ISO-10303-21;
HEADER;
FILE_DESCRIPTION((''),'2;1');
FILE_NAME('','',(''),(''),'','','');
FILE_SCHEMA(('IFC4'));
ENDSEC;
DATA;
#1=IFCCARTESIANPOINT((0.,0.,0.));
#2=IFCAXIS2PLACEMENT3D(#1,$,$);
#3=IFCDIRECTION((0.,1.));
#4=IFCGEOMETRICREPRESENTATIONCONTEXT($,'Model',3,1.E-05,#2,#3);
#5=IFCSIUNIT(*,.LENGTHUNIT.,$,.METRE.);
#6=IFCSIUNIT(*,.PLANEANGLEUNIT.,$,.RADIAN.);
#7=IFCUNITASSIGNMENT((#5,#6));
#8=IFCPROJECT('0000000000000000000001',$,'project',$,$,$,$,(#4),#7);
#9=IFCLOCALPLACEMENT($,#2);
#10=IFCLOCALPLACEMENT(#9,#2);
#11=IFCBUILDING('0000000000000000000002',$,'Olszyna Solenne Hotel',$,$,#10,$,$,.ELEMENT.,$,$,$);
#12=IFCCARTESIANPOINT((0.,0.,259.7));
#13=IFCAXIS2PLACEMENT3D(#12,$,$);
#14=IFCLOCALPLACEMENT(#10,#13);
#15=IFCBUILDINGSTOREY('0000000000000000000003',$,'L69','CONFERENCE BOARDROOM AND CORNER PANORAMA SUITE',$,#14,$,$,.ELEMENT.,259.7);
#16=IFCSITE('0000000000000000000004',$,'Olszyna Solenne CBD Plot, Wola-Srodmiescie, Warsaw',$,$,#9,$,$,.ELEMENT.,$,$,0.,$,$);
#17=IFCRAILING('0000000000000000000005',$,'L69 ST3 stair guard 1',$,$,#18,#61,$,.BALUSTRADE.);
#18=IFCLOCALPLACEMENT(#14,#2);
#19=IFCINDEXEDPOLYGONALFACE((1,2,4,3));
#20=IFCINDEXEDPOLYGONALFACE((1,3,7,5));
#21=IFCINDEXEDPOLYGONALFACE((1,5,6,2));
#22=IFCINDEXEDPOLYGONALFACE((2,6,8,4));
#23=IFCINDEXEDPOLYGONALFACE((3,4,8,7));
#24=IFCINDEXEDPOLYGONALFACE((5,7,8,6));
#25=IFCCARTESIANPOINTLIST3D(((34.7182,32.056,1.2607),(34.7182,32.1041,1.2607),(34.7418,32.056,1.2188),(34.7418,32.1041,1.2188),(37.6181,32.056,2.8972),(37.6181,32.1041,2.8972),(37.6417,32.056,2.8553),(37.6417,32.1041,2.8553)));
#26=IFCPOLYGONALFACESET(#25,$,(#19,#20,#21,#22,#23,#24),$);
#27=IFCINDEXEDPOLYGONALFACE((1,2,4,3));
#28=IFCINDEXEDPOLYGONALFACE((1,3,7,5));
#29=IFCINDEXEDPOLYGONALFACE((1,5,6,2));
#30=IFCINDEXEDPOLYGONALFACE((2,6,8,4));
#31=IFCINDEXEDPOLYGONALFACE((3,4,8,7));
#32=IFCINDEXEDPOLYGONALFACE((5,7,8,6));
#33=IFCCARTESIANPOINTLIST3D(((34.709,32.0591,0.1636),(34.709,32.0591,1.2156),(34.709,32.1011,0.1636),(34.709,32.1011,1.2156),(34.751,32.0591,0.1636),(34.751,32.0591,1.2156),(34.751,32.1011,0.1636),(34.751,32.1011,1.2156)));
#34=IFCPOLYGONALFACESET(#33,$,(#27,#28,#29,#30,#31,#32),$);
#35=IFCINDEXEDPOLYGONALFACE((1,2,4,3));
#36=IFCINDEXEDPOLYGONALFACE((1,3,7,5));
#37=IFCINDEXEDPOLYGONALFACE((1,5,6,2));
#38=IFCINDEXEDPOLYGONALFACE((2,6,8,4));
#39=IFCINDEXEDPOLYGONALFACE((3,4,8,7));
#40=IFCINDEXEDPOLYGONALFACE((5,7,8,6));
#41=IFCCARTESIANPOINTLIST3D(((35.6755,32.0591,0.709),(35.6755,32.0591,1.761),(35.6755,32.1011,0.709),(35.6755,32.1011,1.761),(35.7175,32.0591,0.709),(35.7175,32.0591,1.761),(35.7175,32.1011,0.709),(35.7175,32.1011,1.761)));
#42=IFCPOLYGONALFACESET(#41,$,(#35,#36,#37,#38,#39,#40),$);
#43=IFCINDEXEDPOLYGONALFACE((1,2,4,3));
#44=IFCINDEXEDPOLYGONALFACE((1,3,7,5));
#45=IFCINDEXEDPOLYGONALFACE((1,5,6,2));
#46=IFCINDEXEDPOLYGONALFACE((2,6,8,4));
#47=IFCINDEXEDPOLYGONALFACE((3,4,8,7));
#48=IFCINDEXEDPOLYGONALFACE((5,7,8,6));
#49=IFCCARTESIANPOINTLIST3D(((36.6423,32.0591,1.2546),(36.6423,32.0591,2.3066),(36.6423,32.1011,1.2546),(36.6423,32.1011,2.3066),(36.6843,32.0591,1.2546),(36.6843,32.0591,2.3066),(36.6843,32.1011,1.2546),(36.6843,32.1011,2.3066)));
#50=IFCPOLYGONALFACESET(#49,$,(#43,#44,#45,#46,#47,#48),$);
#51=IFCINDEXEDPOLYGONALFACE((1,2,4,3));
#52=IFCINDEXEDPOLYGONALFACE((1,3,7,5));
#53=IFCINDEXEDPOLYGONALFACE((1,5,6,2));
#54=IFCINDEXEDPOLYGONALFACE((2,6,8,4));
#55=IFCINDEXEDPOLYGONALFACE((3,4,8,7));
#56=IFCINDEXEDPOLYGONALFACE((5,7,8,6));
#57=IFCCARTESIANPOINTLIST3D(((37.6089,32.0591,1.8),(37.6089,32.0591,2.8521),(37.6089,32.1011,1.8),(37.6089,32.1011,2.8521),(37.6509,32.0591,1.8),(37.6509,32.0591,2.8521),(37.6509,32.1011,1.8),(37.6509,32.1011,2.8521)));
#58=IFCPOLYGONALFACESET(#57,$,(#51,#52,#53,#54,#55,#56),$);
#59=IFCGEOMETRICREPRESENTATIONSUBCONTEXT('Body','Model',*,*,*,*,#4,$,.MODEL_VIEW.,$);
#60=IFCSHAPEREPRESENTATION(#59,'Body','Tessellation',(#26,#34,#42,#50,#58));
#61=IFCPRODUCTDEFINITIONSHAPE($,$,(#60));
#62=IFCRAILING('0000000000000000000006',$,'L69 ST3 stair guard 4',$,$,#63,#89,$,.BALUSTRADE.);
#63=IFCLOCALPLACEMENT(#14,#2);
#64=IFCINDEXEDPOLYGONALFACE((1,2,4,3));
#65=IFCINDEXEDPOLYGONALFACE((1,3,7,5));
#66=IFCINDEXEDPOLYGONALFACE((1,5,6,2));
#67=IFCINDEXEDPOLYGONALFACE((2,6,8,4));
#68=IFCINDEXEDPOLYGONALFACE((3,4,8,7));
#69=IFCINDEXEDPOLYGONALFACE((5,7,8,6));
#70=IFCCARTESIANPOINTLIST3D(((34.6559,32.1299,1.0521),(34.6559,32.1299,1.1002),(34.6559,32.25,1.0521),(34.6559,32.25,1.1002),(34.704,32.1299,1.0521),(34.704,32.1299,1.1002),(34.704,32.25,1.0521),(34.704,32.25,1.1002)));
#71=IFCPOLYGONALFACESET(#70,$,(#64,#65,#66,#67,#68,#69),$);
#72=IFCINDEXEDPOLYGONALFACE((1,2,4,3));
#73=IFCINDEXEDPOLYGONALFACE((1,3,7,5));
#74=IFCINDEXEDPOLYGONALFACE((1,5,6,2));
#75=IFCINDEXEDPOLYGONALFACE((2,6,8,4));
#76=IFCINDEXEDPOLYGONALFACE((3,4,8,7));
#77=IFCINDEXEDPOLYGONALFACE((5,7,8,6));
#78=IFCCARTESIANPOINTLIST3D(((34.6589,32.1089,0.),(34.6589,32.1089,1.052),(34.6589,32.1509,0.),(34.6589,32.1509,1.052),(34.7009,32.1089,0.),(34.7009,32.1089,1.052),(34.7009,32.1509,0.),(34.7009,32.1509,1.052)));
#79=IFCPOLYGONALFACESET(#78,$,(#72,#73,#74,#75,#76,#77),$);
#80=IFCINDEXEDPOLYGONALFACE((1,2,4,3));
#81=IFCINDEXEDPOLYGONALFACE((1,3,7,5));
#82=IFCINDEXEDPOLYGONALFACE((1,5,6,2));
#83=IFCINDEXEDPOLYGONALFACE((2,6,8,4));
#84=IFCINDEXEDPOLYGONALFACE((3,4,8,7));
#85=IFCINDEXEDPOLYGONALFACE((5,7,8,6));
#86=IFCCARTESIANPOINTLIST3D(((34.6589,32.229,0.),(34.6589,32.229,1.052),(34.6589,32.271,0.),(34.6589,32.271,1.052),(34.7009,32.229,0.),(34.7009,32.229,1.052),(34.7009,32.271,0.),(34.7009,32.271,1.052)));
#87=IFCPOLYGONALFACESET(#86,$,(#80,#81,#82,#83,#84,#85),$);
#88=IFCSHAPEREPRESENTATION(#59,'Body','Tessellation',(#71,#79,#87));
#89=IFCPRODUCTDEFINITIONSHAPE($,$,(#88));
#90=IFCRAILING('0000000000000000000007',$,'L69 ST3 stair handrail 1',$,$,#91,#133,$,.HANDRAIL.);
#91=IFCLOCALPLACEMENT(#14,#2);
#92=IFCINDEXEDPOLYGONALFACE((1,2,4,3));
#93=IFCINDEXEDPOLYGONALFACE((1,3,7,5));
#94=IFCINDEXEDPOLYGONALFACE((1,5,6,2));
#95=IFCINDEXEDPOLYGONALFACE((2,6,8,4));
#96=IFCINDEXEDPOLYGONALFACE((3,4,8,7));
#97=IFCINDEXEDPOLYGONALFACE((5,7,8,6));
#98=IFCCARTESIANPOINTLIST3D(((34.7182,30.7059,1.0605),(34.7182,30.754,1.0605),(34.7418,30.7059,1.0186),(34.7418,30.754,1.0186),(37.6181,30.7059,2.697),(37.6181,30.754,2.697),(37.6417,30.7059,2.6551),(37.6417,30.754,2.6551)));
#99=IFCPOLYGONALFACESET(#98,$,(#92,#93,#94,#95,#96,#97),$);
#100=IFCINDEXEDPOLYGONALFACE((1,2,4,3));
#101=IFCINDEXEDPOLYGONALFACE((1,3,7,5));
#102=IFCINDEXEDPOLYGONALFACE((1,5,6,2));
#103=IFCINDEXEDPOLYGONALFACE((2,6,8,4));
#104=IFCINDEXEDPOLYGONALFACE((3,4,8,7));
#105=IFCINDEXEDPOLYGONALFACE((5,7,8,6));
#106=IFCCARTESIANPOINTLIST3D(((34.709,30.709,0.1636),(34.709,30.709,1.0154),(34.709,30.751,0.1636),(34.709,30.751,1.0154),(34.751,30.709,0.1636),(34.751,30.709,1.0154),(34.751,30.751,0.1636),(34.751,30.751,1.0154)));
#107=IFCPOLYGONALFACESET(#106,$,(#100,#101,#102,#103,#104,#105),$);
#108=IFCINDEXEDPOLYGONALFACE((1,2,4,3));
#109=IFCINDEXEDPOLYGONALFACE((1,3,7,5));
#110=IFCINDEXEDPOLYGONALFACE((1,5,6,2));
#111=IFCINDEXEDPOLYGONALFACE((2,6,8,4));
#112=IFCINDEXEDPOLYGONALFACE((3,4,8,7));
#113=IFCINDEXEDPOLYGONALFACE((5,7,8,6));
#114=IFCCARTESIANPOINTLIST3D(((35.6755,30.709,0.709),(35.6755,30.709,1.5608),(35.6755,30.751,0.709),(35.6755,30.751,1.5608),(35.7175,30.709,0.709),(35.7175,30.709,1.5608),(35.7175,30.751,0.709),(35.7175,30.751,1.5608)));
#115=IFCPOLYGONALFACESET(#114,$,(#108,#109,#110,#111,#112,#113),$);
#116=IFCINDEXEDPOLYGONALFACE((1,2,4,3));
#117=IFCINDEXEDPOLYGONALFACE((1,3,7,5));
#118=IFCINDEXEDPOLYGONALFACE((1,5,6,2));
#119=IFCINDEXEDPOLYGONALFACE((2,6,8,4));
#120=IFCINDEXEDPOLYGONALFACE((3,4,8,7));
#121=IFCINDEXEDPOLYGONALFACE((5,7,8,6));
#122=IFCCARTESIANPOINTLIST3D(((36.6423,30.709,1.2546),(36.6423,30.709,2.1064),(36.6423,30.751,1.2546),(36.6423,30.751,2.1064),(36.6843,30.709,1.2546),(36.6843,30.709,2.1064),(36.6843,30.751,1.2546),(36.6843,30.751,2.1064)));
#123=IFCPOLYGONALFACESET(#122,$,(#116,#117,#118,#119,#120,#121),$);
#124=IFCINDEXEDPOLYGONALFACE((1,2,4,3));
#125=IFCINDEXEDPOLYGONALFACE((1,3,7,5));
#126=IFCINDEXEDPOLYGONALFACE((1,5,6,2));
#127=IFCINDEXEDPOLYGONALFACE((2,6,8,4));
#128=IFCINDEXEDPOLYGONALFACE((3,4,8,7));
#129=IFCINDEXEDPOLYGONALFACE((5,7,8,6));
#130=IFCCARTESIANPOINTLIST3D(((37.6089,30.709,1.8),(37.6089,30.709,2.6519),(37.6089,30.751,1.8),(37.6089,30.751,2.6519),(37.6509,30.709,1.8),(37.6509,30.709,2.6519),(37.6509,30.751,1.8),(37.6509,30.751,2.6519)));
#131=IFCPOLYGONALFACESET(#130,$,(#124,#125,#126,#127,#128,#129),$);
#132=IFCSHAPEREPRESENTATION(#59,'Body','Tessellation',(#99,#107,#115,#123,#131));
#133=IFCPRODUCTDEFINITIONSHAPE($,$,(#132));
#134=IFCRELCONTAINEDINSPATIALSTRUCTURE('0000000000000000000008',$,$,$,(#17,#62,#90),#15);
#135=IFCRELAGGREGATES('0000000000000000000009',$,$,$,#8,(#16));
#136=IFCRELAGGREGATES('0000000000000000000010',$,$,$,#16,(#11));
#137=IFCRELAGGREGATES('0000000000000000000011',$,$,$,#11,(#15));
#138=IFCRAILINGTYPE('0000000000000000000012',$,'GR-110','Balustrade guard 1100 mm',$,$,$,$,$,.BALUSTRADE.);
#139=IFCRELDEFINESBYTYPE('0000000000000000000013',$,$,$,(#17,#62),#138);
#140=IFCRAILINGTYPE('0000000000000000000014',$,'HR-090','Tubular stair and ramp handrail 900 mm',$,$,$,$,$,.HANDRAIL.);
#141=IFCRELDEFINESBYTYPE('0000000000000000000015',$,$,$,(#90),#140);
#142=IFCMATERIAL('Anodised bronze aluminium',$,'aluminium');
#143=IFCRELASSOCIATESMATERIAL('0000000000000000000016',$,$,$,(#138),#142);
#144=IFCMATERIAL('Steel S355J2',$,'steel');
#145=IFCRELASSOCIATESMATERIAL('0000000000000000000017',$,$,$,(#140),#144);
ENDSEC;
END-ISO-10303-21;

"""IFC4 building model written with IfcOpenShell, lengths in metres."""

from ifc_helpers import new_model, si_unit, direction, frame, origin, origin_2d, place, context, subcontext, project, spatial, rectangle, extrude, material, type_object, element, save


model = new_model("IFC4")

# Units and contexts
model_context = context("Model", 3, precision=1e-05, world=origin(), true_north=direction((0.0, 1.0)))
body_context = subcontext(model_context, "Body", "Model", "MODEL_VIEW")
ifc_project = project(units=[si_unit("LENGTHUNIT", "METRE"), si_unit("PLANEANGLEUNIT", "RADIAN")], contexts=[model_context])

# Site, building, storey
site_placement = place(None, origin())
site = spatial("IfcSite", under=ifc_project, at=site_placement, Name="Olszyna Solenne CBD Plot, Wola-Srodmiescie, Warsaw", CompositionType="ELEMENT", RefElevation=0.0)
building_placement = place(site_placement, origin())
building = spatial("IfcBuilding", under=site, at=building_placement, Name="Olszyna Solenne Hotel", CompositionType="ELEMENT")
storey_placement = place(building_placement, frame((0.0, 0.0, 259.7)))
storey = spatial("IfcBuildingStorey", under=building, at=storey_placement, Name="L69", Description="CONFERENCE BOARDROOM AND CORNER PANORAMA SUITE", CompositionType="ELEMENT", Elevation=259.7)

# Shared definitions
ifc_material_1 = material(Name="Steel S355J2", Category="steel")

# Shared definitions
ifc_material_2 = material(Name="Anodised bronze aluminium", Category="aluminium")

# Railings
railing_type_1 = type_object("IfcRailingType", Name="GR-110", Description="Balustrade guard 1100 mm", PredefinedType="BALUSTRADE", material=ifc_material_2)
railing_1_placement = place(storey_placement, frame((34.73, 32.0801, 0.1636)))
element("IfcRailing", 1, at=railing_1_placement, inside=storey, type_object=railing_type_1, Name="L69 ST3 stair guard 1", PredefinedType="BALUSTRADE", context=body_context, shape_type="SweptSolid", body=[
    extrude(rectangle(XDim=0.0481, YDim=0.0481, at=origin_2d()), frame((0.0, 0.0, 1.0762), z_axis=(0.870897, 0.0, 0.491465), x_axis=(0.0, 1.0, 0.0)), (0.0, 0.0, 1.0), 3.3298),
    extrude(rectangle(XDim=0.042, YDim=0.042, at=origin_2d()), origin(), (0.0, 0.0, 1.0), 1.052),
    extrude(rectangle(XDim=0.042, YDim=0.042, at=origin_2d()), frame((0.9666, 0.0, 0.5454)), (0.0, 0.0, 1.0), 1.052),
    extrude(rectangle(XDim=0.042, YDim=0.042, at=origin_2d()), frame((1.9333, 0.0, 1.0911)), (0.0, 0.0, 1.0), 1.052),
    extrude(rectangle(XDim=0.042, YDim=0.042, at=origin_2d()), frame((2.8999, 0.0, 1.6365)), (0.0, 0.0, 1.0), 1.052),
])
railing_2_placement = place(storey_placement, frame((34.6799, 32.1299, 0.0)))
element("IfcRailing", 2, at=railing_2_placement, inside=storey, type_object=railing_type_1, Name="L69 ST3 stair guard 4", PredefinedType="BALUSTRADE", context=body_context, shape_type="SweptSolid", body=[
    extrude(rectangle(XDim=0.0481, YDim=0.0481, at=origin_2d()), frame((0.0, 0.0, 1.0762), z_axis=(0.0, 1.0, 0.0), x_axis=(-1.0, 0.0, 0.0)), (0.0, 0.0, 1.0), 0.1201),
    extrude(rectangle(XDim=0.042, YDim=0.042, at=origin_2d()), origin(), (0.0, 0.0, 1.0), 1.052),
    extrude(rectangle(XDim=0.042, YDim=0.042, at=origin_2d()), frame((0.0, 0.1201, 0.0)), (0.0, 0.0, 1.0), 1.052),
])
railing_type_2 = type_object("IfcRailingType", Name="HR-090", Description="Tubular stair and ramp handrail 900 mm", PredefinedType="HANDRAIL", material=ifc_material_1)
railing_3_placement = place(storey_placement, frame((34.73, 30.73, 0.1636)))
element("IfcRailing", 3, at=railing_3_placement, inside=storey, type_object=railing_type_2, Name="L69 ST3 stair handrail 1", PredefinedType="HANDRAIL", context=body_context, shape_type="SweptSolid", body=[
    extrude(rectangle(XDim=0.0481, YDim=0.0481, at=origin_2d()), frame((0.0, 0.0, 0.876), z_axis=(0.870897, 0.0, 0.491465), x_axis=(0.0, 1.0, 0.0)), (0.0, 0.0, 1.0), 3.3298),
    extrude(rectangle(XDim=0.042, YDim=0.042, at=origin_2d()), origin(), (0.0, 0.0, 1.0), 0.8518),
    extrude(rectangle(XDim=0.042, YDim=0.042, at=origin_2d()), frame((0.9666, 0.0, 0.5454)), (0.0, 0.0, 1.0), 0.8518),
    extrude(rectangle(XDim=0.042, YDim=0.042, at=origin_2d()), frame((1.9333, 0.0, 1.0911)), (0.0, 0.0, 1.0), 0.8518),
    extrude(rectangle(XDim=0.042, YDim=0.042, at=origin_2d()), frame((2.8999, 0.0, 1.6365)), (0.0, 0.0, 1.0), 0.8518),
])

save(model, "model.ifc")
